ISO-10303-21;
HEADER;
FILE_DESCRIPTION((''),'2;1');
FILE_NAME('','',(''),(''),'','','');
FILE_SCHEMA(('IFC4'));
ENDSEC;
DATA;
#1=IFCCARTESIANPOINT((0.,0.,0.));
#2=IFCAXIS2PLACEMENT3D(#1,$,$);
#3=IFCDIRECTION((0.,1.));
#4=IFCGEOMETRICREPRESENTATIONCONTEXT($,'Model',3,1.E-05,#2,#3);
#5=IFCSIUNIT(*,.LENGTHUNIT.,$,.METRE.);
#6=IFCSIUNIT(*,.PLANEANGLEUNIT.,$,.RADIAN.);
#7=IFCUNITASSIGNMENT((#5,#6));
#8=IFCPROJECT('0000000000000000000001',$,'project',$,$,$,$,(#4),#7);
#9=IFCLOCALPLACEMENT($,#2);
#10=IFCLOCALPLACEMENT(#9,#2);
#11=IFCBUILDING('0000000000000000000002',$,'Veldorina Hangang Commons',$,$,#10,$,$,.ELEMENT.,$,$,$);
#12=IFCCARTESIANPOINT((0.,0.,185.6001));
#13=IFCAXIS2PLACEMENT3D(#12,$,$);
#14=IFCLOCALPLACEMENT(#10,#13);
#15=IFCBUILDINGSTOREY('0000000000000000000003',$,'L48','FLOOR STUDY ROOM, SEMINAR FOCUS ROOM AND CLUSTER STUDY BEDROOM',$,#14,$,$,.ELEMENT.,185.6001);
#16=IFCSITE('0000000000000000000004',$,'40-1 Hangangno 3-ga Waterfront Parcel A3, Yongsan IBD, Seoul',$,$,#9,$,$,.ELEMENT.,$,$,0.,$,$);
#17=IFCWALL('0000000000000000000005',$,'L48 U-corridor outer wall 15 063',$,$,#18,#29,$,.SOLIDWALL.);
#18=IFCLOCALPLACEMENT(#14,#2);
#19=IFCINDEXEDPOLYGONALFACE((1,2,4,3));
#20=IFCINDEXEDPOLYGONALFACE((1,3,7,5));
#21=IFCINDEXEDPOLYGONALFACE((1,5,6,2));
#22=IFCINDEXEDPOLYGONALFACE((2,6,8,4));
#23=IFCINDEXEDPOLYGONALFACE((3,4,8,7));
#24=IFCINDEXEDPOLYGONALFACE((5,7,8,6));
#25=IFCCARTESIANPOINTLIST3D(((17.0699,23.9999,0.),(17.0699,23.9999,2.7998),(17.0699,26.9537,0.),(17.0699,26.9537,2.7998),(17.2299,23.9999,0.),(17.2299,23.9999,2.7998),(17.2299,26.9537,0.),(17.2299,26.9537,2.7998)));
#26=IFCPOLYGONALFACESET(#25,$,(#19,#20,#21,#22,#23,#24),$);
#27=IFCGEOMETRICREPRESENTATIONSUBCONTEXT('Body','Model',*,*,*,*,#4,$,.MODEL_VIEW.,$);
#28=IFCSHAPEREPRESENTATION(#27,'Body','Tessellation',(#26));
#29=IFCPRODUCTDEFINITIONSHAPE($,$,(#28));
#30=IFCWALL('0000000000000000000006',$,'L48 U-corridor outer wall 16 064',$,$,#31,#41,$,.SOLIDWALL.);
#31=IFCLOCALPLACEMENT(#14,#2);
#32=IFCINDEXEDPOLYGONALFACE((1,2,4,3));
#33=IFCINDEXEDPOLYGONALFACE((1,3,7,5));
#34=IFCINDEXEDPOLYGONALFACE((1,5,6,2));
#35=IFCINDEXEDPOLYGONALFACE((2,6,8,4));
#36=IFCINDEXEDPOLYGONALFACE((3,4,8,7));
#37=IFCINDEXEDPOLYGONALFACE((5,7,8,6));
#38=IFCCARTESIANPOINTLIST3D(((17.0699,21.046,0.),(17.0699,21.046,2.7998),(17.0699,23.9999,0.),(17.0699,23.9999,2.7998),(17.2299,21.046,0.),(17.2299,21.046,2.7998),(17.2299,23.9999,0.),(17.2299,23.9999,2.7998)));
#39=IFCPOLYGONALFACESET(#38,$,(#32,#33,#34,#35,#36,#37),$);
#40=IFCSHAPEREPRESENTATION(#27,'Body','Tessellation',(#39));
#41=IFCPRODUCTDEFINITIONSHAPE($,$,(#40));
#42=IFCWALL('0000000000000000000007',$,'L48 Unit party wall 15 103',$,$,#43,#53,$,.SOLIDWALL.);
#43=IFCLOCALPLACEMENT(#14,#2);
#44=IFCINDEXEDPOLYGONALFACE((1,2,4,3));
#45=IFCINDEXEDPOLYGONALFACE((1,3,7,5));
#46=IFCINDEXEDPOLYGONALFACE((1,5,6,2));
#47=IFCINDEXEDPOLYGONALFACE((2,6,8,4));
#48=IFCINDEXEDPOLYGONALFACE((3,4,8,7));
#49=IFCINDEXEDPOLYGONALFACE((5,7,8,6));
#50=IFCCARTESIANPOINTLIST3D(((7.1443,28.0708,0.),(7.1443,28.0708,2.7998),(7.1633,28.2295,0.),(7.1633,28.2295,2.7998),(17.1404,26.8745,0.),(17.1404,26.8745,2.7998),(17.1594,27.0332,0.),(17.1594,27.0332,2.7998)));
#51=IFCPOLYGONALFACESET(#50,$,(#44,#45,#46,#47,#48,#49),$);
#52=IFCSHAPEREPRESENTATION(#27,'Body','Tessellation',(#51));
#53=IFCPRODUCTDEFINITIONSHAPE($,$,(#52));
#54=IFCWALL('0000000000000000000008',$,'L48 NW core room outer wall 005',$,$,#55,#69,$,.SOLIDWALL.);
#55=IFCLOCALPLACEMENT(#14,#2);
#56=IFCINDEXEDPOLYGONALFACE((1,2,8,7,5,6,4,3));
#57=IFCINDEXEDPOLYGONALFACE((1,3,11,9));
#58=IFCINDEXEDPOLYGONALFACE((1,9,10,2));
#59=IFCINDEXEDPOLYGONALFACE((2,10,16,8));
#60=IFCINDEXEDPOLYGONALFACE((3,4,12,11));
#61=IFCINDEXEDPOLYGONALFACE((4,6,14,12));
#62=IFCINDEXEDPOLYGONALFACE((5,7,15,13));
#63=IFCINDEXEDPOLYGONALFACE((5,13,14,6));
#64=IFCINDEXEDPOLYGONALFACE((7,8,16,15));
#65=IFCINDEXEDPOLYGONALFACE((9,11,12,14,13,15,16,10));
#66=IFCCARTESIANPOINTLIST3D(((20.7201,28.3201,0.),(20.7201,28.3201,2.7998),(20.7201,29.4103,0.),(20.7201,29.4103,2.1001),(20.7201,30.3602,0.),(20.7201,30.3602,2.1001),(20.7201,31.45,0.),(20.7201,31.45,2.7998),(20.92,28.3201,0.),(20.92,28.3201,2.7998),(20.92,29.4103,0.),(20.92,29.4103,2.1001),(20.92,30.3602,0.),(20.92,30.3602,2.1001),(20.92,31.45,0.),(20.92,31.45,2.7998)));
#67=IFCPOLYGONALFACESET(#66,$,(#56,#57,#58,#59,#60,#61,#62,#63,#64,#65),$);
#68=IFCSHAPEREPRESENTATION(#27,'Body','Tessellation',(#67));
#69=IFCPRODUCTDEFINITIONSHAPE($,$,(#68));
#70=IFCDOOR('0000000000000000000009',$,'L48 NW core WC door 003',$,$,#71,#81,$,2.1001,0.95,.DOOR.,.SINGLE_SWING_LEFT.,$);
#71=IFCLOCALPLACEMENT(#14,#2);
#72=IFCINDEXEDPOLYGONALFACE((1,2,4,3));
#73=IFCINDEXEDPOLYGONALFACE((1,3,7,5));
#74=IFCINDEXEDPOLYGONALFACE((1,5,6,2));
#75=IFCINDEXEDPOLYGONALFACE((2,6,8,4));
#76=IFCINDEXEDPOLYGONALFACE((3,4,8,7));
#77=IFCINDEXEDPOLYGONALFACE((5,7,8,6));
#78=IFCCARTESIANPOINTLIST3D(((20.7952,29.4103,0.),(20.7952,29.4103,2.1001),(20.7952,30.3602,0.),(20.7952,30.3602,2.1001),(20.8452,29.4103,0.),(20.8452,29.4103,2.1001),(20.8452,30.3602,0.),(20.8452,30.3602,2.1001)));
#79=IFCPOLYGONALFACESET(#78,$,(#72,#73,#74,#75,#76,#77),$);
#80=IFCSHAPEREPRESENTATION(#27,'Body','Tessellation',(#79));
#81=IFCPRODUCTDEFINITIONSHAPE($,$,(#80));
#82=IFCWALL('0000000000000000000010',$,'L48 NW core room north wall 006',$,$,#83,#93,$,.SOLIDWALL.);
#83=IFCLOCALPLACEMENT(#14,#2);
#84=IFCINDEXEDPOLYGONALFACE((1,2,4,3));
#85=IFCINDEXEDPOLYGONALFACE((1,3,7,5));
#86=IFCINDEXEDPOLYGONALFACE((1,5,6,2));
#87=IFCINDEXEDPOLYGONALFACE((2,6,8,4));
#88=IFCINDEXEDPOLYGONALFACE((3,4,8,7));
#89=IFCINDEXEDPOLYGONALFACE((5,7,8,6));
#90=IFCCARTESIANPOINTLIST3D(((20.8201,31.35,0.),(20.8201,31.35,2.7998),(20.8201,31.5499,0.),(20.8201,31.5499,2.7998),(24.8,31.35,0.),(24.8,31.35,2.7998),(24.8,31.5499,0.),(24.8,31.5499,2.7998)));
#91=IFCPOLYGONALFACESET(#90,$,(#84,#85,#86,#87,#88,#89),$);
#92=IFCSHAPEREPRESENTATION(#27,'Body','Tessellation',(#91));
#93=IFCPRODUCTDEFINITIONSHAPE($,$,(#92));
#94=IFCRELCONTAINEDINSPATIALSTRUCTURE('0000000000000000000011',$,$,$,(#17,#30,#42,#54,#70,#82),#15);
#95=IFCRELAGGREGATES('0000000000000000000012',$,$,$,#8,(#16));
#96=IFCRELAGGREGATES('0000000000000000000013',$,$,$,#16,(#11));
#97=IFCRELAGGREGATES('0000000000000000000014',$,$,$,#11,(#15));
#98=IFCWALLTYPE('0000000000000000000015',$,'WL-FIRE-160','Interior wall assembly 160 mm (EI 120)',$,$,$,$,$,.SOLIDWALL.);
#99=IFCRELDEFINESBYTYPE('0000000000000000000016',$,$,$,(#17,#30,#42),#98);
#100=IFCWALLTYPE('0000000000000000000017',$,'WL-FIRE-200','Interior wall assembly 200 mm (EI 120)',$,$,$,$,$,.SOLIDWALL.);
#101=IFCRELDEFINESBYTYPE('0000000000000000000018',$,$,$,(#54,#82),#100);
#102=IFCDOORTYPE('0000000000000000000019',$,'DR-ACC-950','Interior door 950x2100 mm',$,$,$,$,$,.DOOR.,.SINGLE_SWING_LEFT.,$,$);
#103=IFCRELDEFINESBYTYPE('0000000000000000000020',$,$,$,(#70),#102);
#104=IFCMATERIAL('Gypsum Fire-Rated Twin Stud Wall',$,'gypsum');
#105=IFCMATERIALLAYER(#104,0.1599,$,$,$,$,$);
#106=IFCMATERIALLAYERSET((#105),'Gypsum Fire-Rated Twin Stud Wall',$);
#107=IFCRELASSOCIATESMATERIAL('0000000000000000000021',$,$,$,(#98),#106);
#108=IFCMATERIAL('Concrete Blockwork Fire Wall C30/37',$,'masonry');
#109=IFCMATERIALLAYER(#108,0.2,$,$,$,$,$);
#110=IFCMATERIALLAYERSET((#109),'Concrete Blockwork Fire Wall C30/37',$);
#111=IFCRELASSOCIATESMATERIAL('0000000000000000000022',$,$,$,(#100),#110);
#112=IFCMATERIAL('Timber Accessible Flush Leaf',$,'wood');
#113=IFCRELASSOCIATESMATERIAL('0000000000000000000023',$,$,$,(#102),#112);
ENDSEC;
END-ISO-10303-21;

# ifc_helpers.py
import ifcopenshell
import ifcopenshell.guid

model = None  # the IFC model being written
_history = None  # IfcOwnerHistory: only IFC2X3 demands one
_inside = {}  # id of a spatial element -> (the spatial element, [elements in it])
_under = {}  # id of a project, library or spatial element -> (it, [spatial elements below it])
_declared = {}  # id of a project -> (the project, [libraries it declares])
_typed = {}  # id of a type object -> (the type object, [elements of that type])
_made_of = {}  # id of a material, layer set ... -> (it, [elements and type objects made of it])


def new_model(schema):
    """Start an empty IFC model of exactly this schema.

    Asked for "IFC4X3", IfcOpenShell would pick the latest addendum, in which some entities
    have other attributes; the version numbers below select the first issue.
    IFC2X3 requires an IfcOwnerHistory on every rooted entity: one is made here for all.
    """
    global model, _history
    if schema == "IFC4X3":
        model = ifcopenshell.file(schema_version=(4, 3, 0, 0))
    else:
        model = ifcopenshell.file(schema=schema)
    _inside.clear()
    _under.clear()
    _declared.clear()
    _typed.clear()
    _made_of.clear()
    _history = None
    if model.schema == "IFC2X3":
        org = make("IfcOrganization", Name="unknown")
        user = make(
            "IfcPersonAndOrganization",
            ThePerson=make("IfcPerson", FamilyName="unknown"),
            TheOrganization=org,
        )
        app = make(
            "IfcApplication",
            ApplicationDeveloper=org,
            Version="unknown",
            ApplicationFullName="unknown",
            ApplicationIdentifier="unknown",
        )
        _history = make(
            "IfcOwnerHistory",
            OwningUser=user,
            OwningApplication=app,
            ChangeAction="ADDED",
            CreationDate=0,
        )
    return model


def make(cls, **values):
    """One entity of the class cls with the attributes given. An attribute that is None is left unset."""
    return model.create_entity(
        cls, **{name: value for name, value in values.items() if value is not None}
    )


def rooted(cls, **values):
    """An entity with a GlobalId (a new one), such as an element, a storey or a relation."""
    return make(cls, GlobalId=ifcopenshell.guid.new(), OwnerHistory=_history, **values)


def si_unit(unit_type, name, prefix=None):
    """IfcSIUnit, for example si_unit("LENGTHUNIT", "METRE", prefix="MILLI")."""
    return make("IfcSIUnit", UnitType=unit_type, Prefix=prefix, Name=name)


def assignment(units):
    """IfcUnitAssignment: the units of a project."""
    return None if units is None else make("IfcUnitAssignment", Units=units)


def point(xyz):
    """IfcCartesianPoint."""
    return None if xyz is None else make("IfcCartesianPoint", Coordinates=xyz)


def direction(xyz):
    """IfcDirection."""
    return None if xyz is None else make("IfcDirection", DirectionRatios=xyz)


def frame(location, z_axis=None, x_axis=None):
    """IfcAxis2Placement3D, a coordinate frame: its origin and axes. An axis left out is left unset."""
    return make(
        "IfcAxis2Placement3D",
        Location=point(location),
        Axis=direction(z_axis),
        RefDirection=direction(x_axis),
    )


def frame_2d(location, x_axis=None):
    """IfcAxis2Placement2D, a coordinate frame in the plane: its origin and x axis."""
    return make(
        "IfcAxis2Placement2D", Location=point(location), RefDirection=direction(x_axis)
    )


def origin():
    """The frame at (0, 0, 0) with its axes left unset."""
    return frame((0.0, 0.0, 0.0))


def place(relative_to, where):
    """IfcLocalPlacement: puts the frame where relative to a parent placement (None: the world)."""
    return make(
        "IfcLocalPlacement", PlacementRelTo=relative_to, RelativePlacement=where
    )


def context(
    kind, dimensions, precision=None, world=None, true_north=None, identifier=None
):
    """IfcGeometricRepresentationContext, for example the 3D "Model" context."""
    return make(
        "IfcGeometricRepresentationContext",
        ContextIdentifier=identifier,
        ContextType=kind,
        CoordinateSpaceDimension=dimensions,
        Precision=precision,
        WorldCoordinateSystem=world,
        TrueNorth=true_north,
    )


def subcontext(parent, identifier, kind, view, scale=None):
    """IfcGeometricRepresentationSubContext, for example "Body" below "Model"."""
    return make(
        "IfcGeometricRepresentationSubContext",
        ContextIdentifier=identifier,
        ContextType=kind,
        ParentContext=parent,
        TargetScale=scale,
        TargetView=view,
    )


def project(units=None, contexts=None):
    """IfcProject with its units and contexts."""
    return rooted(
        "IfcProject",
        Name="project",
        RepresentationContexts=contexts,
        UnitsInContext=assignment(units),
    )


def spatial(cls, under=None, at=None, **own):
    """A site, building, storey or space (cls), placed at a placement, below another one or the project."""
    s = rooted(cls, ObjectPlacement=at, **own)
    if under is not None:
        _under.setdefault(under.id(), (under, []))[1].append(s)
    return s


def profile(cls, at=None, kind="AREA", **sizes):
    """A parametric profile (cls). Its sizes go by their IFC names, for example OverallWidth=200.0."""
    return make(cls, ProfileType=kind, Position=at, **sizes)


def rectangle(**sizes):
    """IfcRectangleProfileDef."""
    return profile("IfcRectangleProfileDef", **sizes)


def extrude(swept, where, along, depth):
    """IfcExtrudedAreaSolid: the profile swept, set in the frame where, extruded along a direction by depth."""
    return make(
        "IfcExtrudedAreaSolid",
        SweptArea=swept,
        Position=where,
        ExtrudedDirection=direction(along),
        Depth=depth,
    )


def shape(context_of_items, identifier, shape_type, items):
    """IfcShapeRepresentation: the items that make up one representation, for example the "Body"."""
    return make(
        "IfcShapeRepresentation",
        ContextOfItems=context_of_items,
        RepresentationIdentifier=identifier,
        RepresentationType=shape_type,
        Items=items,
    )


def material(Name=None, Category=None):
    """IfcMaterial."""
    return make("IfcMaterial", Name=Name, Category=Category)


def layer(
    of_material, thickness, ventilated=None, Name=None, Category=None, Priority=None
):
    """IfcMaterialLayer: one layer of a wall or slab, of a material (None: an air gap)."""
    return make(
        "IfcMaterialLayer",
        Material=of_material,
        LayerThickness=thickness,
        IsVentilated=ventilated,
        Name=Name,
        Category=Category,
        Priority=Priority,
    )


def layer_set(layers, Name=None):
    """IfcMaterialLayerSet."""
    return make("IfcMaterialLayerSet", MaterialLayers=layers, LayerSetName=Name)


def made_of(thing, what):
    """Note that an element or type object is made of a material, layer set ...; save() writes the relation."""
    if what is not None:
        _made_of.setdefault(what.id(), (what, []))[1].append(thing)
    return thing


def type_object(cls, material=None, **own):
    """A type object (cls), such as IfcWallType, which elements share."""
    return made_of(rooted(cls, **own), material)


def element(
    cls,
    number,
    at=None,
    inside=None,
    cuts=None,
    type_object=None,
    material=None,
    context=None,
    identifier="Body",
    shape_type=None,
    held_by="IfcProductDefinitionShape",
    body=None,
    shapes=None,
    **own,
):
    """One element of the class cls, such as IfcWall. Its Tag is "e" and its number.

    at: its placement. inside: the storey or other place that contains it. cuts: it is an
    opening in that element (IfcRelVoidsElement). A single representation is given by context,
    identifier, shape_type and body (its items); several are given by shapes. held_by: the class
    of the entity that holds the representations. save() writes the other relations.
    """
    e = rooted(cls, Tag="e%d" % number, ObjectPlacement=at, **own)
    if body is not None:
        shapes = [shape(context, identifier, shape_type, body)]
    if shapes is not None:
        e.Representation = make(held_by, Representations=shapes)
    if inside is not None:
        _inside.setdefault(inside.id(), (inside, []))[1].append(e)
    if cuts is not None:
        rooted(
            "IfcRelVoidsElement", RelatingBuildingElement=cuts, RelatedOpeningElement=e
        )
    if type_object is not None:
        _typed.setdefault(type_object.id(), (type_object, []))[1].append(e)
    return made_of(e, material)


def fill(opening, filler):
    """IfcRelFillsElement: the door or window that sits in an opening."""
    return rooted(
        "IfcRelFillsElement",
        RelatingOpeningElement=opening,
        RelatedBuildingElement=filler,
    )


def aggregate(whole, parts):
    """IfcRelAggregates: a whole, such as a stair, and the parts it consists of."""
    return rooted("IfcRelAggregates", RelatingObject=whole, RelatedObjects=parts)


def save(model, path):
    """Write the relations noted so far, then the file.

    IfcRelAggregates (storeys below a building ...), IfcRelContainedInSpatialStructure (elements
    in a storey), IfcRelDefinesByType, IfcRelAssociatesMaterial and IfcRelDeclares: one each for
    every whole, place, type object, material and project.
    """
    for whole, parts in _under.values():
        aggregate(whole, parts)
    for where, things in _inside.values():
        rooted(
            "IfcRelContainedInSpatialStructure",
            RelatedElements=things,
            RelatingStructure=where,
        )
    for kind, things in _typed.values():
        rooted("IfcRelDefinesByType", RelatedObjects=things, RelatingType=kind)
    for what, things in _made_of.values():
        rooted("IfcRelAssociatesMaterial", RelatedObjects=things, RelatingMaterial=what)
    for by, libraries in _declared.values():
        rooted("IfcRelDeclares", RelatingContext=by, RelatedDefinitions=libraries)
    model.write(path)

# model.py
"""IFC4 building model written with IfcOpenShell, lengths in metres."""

from ifc_helpers import new_model, si_unit, direction, frame, frame_2d, origin, place, context, subcontext, project, spatial, rectangle, extrude, material, layer, layer_set, type_object, element, fill, save


model = new_model("IFC4")

# Units and contexts
model_context = context("Model", 3, precision=1e-05, world=origin(), true_north=direction((0.0, 1.0)))
body_context = subcontext(model_context, "Body", "Model", "MODEL_VIEW")
ifc_project = project(units=[si_unit("LENGTHUNIT", "METRE"), si_unit("PLANEANGLEUNIT", "RADIAN")], contexts=[model_context])

# Site, building, storey
site_placement = place(None, origin())
site = spatial("IfcSite", under=ifc_project, at=site_placement, Name="40-1 Hangangno 3-ga Waterfront Parcel A3, Yongsan IBD, Seoul", CompositionType="ELEMENT", RefElevation=0.0)
building_placement = place(site_placement, origin())
building = spatial("IfcBuilding", under=site, at=building_placement, Name="Veldorina Hangang Commons", CompositionType="ELEMENT")
storey_placement = place(building_placement, frame((0.0, 0.0, 185.6001)))
storey = spatial("IfcBuildingStorey", under=building, at=storey_placement, Name="L48", Description="FLOOR STUDY ROOM, SEMINAR FOCUS ROOM AND CLUSTER STUDY BEDROOM", CompositionType="ELEMENT", Elevation=185.6001)

# Walls
ifc_material_1 = material(Name="Gypsum Fire-Rated Twin Stud Wall", Category="gypsum")
ifc_layer_1 = layer(ifc_material_1, 0.1599)
ifc_layer_set_1 = layer_set([ifc_layer_1], Name="Gypsum Fire-Rated Twin Stud Wall")
wall_type_1 = type_object("IfcWallType", Name="WL-FIRE-160", Description="Interior wall assembly 160 mm (EI 120)", PredefinedType="SOLIDWALL", material=ifc_layer_set_1)
for number, where, z_axis, x_axis, name in (
    (1, (17.1499, 26.9539, 0.0), (0.0, 0.0, 1.0), (0.0, -1.0, 0.0), "L48 U-corridor outer wall 15 063"),
    (2, (17.1499, 24.0, 0.0), (0.0, 0.0, 1.0), (0.0, -1.0, 0.0), "L48 U-corridor outer wall 16 064"),
):
    element("IfcWall", number, at=place(storey_placement, frame(where, z_axis=z_axis, x_axis=x_axis)), inside=storey, type_object=wall_type_1, Name=name, PredefinedType="SOLIDWALL", context=body_context, shape_type="SweptSolid", body=[
        extrude(rectangle(XDim=2.9539, YDim=0.1599, at=frame_2d((1.4771, 0.0))), origin(), (0.0, 0.0, 1.0), 2.7998),
    ])
wall_1_placement = place(storey_placement, frame((17.1499, 26.9539, 0.0), z_axis=(0.0, 0.0, 1.0), x_axis=(-0.992915, 0.118828, 0.0)))
element("IfcWall", 3, at=wall_1_placement, inside=storey, type_object=wall_type_1, Name="L48 Unit party wall 15 103", PredefinedType="SOLIDWALL", context=body_context, shape_type="SweptSolid", body=[
    extrude(rectangle(XDim=10.0674, YDim=0.1599, at=frame_2d((5.0337, 0.0))), origin(), (0.0, 0.0, 1.0), 2.7998),
])

# Wall, opening, door
ifc_material_2 = material(Name="Concrete Blockwork Fire Wall C30/37", Category="masonry")
ifc_layer_2 = layer(ifc_material_2, 0.2)
ifc_layer_set_2 = layer_set([ifc_layer_2], Name="Concrete Blockwork Fire Wall C30/37")
wall_type_2 = type_object("IfcWallType", Name="WL-FIRE-200", Description="Interior wall assembly 200 mm (EI 120)", PredefinedType="SOLIDWALL", material=ifc_layer_set_2)
wall_2_placement = place(storey_placement, frame((20.8201, 28.3201, 0.0), z_axis=(0.0, 0.0, 1.0), x_axis=(0.0, 1.0, 0.0)))
wall_2 = element("IfcWall", 4, at=wall_2_placement, inside=storey, type_object=wall_type_2, Name="L48 NW core room outer wall 005", PredefinedType="SOLIDWALL", context=body_context, shape_type="SweptSolid", body=[
    extrude(rectangle(XDim=3.1299, YDim=0.2, at=frame_2d((1.5649, 0.0))), origin(), (0.0, 0.0, 1.0), 2.7998),
])
opening_1_placement = place(wall_2_placement, frame((1.0901, 0.0, 0.0)))
opening_1 = element("IfcOpeningElement", 5, at=opening_1_placement, cuts=wall_2, PredefinedType="OPENING", context=body_context, shape_type="SweptSolid", body=[
    extrude(rectangle(XDim=0.95, YDim=2.1001, at=frame_2d((0.4751, 1.05))), frame((0.0, 0.1099, 0.0), z_axis=(0.0, -1.0, 0.0), x_axis=(1.0, 0.0, 0.0)), (0.0, 0.0, 1.0), 0.22),
])
ifc_material_3 = material(Name="Timber Accessible Flush Leaf", Category="wood")
door_type = type_object("IfcDoorType", Name="DR-ACC-950", Description="Interior door 950x2100 mm", OperationType="SINGLE_SWING_LEFT", PredefinedType="DOOR", material=ifc_material_3)
door_placement = place(opening_1_placement, origin())
door = element("IfcDoor", 6, at=door_placement, inside=storey, type_object=door_type, Name="L48 NW core WC door 003", OperationType="SINGLE_SWING_LEFT", OverallHeight=2.1001, OverallWidth=0.95, PredefinedType="DOOR", context=body_context, shape_type="SweptSolid", body=[
    extrude(rectangle(XDim=0.95, YDim=2.1001, at=frame_2d((0.4751, 1.05))), frame((0.0, 0.0249, 0.0), z_axis=(0.0, -1.0, 0.0), x_axis=(1.0, 0.0, 0.0)), (0.0, 0.0, 1.0), 0.05),
])
fill(opening_1, door)

# Wall
wall_3_placement = place(storey_placement, frame((20.8201, 31.45, 0.0), z_axis=(0.0, 0.0, 1.0), x_axis=(1.0, 0.0, 0.0)))
element("IfcWall", 7, at=wall_3_placement, inside=storey, type_object=wall_type_2, Name="L48 NW core room north wall 006", PredefinedType="SOLIDWALL", context=body_context, shape_type="SweptSolid", body=[
    extrude(rectangle(XDim=3.98, YDim=0.2, at=frame_2d((1.99, 0.0))), origin(), (0.0, 0.0, 1.0), 2.7998),
])

save(model, "model.ifc")
